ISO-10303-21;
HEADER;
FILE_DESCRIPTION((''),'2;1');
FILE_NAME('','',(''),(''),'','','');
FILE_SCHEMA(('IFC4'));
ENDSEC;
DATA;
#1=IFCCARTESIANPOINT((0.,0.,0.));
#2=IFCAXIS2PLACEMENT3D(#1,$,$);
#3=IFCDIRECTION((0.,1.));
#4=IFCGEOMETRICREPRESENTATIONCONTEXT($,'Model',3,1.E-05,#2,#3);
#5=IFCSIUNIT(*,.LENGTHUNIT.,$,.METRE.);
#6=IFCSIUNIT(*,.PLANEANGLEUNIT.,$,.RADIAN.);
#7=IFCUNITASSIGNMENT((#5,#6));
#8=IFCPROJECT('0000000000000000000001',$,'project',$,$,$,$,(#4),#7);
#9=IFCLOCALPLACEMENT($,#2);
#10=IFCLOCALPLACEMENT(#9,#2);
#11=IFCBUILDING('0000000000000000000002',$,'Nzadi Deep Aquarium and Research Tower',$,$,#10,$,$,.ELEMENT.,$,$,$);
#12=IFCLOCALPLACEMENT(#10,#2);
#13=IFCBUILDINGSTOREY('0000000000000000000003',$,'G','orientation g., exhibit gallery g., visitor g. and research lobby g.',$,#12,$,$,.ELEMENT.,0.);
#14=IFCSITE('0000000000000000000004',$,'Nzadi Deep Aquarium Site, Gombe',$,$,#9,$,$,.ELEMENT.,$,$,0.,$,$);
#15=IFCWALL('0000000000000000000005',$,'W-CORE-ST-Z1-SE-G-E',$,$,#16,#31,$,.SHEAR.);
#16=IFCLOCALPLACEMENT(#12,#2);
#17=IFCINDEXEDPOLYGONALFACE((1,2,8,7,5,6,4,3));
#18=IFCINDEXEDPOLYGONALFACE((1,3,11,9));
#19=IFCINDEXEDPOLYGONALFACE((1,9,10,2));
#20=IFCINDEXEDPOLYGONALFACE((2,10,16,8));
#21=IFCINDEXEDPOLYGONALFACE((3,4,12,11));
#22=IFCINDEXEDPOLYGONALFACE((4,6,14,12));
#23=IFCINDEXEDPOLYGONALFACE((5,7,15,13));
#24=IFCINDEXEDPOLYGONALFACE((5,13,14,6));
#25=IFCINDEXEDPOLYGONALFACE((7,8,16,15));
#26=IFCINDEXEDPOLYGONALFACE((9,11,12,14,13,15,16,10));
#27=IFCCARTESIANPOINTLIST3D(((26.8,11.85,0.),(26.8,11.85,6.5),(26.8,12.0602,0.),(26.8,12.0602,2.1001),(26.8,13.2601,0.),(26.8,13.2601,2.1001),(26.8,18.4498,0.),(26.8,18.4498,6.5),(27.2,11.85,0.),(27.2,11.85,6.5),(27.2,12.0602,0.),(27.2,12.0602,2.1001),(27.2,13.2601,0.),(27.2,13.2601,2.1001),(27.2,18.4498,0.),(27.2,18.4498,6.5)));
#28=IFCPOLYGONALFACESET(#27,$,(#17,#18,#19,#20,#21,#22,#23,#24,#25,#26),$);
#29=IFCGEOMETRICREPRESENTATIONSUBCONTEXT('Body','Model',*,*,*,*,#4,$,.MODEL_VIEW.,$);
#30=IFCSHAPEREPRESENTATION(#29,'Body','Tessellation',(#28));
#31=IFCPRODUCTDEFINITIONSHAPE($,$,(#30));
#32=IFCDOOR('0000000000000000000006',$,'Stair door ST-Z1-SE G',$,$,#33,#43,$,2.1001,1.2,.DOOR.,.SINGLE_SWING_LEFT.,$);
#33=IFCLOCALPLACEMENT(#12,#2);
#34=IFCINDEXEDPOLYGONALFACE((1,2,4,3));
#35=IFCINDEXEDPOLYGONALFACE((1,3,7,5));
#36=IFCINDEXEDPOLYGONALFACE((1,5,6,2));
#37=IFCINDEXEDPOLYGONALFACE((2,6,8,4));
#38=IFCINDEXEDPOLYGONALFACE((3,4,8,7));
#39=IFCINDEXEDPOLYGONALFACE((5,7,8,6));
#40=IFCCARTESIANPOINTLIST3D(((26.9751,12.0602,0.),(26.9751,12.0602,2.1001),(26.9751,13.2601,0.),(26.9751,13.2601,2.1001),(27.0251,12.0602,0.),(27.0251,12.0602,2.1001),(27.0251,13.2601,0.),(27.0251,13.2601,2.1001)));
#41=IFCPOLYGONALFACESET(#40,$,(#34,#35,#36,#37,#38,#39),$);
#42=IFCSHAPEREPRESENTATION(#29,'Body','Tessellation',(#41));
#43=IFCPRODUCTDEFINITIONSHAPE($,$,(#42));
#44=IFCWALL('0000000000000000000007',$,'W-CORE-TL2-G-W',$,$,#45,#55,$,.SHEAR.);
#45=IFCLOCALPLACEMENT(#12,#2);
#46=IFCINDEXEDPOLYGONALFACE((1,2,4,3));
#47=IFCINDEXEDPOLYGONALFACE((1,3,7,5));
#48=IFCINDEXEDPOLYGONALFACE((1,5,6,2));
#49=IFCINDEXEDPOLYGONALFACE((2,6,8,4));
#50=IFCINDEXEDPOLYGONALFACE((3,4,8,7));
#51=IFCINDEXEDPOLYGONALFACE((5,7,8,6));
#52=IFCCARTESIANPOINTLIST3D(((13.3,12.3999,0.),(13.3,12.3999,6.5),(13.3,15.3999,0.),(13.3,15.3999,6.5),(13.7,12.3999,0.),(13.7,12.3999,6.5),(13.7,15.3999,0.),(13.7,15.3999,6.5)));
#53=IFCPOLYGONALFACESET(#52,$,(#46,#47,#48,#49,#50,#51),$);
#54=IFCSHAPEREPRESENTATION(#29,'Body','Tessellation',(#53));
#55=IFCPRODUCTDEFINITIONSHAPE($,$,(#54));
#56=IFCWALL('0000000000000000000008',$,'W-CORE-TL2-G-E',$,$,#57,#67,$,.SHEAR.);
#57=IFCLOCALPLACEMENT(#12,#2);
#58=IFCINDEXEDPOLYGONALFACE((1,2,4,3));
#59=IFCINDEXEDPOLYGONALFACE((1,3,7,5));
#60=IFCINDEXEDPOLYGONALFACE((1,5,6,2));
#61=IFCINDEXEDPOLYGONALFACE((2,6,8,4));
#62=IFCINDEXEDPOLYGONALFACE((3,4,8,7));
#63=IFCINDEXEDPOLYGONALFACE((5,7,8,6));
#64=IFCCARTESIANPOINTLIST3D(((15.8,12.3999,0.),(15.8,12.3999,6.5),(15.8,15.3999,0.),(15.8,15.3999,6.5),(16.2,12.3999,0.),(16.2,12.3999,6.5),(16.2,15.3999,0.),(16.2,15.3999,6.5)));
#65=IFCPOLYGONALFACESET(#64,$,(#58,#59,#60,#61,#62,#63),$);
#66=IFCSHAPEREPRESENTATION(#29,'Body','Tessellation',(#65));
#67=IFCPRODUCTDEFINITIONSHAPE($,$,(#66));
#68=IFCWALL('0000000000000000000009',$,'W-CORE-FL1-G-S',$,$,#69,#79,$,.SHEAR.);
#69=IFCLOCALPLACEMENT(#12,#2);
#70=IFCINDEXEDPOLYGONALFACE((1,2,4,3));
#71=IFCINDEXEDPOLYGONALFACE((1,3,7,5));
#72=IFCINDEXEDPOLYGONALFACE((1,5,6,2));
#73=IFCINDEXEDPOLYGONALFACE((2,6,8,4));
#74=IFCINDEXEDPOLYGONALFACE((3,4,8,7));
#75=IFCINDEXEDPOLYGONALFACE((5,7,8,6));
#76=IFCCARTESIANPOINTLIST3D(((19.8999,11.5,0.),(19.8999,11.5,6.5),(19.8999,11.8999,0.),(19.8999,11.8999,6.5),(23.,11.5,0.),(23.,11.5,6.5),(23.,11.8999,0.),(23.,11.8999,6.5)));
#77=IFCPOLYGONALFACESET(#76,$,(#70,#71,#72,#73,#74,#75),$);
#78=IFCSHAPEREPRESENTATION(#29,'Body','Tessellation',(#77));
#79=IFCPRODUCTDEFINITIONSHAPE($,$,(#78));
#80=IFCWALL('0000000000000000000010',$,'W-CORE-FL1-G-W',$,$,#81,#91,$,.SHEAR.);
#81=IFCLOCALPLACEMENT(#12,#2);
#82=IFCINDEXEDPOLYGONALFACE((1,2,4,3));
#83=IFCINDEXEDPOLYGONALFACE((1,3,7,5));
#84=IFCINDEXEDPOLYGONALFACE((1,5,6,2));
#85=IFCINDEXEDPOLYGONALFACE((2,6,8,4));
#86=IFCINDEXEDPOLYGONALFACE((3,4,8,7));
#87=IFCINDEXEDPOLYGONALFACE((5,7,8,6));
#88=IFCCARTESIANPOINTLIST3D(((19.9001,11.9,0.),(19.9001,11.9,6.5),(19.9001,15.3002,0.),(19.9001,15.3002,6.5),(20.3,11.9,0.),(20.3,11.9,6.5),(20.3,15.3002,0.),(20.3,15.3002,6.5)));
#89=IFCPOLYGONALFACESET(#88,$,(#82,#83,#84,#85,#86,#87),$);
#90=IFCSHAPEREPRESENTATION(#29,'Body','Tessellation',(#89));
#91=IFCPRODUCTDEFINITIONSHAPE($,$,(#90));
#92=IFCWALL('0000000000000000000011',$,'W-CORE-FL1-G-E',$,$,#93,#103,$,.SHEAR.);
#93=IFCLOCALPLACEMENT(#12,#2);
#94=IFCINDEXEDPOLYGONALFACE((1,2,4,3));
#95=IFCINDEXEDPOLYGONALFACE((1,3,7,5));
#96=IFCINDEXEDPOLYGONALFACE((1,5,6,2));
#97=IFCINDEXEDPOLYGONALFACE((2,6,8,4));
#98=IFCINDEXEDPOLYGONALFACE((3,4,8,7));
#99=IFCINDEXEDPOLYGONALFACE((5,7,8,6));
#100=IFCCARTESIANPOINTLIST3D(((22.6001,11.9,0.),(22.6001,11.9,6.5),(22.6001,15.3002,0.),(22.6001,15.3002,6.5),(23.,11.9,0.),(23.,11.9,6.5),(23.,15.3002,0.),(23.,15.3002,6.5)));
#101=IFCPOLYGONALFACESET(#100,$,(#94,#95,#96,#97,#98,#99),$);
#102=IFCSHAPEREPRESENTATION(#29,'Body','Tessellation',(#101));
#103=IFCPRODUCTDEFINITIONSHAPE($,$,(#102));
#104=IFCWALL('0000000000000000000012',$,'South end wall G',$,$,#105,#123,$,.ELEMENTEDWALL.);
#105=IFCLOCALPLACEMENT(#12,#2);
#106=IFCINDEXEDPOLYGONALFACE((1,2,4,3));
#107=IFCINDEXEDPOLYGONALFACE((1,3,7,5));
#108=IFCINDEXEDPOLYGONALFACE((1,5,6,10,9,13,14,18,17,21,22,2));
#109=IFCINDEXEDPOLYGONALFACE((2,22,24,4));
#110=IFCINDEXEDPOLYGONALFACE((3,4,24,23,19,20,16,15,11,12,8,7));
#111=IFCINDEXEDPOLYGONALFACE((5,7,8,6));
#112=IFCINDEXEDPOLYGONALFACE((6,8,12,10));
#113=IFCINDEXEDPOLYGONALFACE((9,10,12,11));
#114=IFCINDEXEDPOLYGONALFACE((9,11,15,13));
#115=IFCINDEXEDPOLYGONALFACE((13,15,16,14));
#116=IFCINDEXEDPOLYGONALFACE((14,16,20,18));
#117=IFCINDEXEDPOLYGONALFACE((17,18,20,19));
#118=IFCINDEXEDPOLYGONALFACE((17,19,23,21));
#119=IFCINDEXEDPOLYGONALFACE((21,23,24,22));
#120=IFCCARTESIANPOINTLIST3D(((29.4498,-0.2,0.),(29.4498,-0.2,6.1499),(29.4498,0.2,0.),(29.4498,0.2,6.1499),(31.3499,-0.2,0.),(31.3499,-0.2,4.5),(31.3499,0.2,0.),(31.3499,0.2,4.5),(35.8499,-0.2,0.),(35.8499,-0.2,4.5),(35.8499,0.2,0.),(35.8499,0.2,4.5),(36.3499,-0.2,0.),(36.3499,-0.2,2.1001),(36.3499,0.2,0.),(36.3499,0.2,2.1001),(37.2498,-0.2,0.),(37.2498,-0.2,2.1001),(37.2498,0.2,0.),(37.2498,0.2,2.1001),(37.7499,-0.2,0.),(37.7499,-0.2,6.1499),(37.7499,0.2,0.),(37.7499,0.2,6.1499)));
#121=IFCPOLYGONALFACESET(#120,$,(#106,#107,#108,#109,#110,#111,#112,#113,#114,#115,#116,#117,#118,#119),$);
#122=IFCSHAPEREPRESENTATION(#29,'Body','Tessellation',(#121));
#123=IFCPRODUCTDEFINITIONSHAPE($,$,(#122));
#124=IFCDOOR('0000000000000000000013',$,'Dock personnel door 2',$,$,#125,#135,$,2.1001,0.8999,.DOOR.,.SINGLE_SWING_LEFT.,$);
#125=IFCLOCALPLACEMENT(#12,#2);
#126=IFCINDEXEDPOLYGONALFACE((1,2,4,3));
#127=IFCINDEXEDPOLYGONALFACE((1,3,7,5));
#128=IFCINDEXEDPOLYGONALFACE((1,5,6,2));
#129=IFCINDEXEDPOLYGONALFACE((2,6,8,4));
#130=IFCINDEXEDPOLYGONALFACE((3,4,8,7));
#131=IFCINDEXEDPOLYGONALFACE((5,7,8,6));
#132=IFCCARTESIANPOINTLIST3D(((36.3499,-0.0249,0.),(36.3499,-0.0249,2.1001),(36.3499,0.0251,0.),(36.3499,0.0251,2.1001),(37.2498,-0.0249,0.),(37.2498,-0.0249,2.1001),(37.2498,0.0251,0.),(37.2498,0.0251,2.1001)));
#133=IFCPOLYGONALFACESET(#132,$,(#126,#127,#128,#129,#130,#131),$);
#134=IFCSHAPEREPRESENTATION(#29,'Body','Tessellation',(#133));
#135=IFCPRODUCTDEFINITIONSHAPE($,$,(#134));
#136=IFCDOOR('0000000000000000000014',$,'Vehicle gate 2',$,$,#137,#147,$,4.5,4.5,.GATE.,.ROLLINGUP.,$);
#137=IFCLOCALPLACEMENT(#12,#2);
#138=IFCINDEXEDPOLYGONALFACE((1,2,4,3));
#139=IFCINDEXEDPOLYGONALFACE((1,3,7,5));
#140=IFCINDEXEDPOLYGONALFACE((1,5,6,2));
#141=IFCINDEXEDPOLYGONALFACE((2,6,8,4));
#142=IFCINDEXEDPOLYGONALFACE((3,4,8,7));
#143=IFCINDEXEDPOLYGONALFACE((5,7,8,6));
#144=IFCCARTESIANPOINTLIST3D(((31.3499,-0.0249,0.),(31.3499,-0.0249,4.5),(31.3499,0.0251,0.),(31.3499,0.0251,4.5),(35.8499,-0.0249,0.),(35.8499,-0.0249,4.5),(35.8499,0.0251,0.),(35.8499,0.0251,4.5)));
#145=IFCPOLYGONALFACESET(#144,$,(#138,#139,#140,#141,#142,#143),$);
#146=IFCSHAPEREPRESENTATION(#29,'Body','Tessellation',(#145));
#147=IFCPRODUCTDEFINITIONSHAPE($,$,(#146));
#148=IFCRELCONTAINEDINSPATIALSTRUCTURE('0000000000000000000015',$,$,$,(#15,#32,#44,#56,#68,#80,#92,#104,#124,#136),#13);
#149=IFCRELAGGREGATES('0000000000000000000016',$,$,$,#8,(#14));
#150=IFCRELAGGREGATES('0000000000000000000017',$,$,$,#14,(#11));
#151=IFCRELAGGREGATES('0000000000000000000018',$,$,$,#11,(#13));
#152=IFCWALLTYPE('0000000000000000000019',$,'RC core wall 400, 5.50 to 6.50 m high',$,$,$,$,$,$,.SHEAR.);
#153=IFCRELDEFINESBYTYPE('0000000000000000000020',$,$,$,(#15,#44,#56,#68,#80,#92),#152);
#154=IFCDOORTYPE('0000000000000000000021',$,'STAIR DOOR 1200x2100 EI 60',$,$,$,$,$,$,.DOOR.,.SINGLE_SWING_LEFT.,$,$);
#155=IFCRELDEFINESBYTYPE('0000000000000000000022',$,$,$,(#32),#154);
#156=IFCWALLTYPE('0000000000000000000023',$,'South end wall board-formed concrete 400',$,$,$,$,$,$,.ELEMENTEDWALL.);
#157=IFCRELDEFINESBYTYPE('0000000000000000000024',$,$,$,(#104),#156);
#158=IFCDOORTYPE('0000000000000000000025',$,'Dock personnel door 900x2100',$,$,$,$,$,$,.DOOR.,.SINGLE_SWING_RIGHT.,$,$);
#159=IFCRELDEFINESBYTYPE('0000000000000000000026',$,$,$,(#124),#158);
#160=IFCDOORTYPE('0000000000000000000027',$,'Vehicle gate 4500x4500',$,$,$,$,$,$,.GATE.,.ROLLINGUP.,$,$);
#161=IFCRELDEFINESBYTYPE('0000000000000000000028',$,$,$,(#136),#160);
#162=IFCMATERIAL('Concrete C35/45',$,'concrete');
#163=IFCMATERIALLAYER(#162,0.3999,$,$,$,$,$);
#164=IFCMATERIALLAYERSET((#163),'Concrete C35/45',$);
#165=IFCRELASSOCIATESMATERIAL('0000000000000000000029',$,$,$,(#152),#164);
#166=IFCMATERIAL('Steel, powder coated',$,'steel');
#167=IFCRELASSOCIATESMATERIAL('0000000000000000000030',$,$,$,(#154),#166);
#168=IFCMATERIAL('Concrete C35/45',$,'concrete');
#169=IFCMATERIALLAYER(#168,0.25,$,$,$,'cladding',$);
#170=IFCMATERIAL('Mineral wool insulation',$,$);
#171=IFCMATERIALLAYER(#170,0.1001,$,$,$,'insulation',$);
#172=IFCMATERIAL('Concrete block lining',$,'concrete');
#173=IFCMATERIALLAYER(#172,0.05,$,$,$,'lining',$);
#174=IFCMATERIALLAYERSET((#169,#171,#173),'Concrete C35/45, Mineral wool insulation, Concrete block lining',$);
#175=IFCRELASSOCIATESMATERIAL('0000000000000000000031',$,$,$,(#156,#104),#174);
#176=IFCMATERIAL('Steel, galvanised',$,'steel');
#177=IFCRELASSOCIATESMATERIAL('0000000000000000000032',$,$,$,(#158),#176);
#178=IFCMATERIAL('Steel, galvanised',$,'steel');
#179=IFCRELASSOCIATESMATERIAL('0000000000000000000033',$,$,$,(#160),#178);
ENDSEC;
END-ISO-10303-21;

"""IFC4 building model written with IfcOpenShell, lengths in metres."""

from ifc_helpers import new_model, si_unit, direction, frame, frame_2d, origin, place, context, subcontext, project, spatial, rectangle, extrude, material, layer, layer_set, layer_usage, type_object, element, fill, save


model = new_model("IFC4")

# Units and contexts
model_context = context("Model", 3, precision=1e-05, world=origin(), true_north=direction((0.0, 1.0)))
body_context = subcontext(model_context, "Body", "Model", "MODEL_VIEW")
ifc_project = project(units=[si_unit("LENGTHUNIT", "METRE"), si_unit("PLANEANGLEUNIT", "RADIAN")], contexts=[model_context])

# Site, building, storey
site_placement = place(None, origin())
site = spatial("IfcSite", under=ifc_project, at=site_placement, Name="Nzadi Deep Aquarium Site, Gombe", CompositionType="ELEMENT", RefElevation=0.0)
building_placement = place(site_placement, origin())
building = spatial("IfcBuilding", under=site, at=building_placement, Name="Nzadi Deep Aquarium and Research Tower", CompositionType="ELEMENT")
storey_placement = place(building_placement, origin())
storey = spatial("IfcBuildingStorey", under=building, at=storey_placement, Name="G", Description="orientation g., exhibit gallery g., visitor g. and research lobby g.", CompositionType="ELEMENT", Elevation=0.0)

# Shared definitions
ifc_material_1 = material(Name="Concrete C35/45", Category="concrete")
ifc_layer_1 = layer(ifc_material_1, 0.3999)
ifc_layer_set_1 = layer_set([ifc_layer_1], Name="Concrete C35/45")
wall_type_1 = type_object("IfcWallType", Name="RC core wall 400, 5.50 to 6.50 m high", PredefinedType="SHEAR", material=ifc_layer_set_1)

# Wall, opening, door
wall_1_placement = place(storey_placement, frame((27.0, 11.8501, 0.0), z_axis=(0.0, 0.0, 1.0), x_axis=(0.0, 1.0, 0.0)))
wall_1 = element("IfcWall", 1, at=wall_1_placement, inside=storey, type_object=wall_type_1, Name="W-CORE-ST-Z1-SE-G-E", PredefinedType="SHEAR", context=body_context, shape_type="SweptSolid", body=[
    extrude(rectangle(XDim=6.5999, YDim=0.3999, at=frame_2d((3.2998, 0.0))), origin(), (0.0, 0.0, 1.0), 6.5),
])
opening_1_placement = place(wall_1_placement, frame((0.21, 0.0, 0.0)))
opening_1 = element("IfcOpeningElement", 2, at=opening_1_placement, cuts=wall_1, PredefinedType="OPENING", context=body_context, shape_type="SweptSolid", body=[
    extrude(rectangle(XDim=1.2, YDim=2.1001, at=frame_2d((0.6001, 1.05))), frame((0.0, 0.21, 0.0), z_axis=(0.0, -1.0, 0.0), x_axis=(1.0, 0.0, 0.0)), (0.0, 0.0, 1.0), 0.4199),
])
ifc_material_2 = material(Name="Steel, powder coated", Category="steel")
door_type_1 = type_object("IfcDoorType", Name="STAIR DOOR 1200x2100 EI 60", OperationType="SINGLE_SWING_LEFT", PredefinedType="DOOR", material=ifc_material_2)
door_1_placement = place(opening_1_placement, origin())
door_1 = element("IfcDoor", 3, at=door_1_placement, inside=storey, type_object=door_type_1, Name="Stair door ST-Z1-SE G", OperationType="SINGLE_SWING_LEFT", OverallHeight=2.1001, OverallWidth=1.2, PredefinedType="DOOR", context=body_context, shape_type="SweptSolid", body=[
    extrude(rectangle(XDim=1.2, YDim=2.1001, at=frame_2d((0.6001, 1.05))), frame((0.0, 0.0249, 0.0), z_axis=(0.0, -1.0, 0.0), x_axis=(1.0, 0.0, 0.0)), (0.0, 0.0, 1.0), 0.05),
])
fill(opening_1, door_1)

# Walls
for number, where, z_axis, x_axis, name in (
    (4, (13.5, 12.3999, 0.0), (0.0, 0.0, 1.0), (0.0, 1.0, 0.0), "W-CORE-TL2-G-W"),
    (5, (16.0, 12.3999, 0.0), (0.0, 0.0, 1.0), (0.0, 1.0, 0.0), "W-CORE-TL2-G-E"),
):
    element("IfcWall", number, at=place(storey_placement, frame(where, z_axis=z_axis, x_axis=x_axis)), inside=storey, type_object=wall_type_1, Name=name, PredefinedType="SHEAR", context=body_context, shape_type="SweptSolid", body=[
        extrude(rectangle(XDim=3.0, YDim=0.3999, at=frame_2d((1.5, 0.0))), origin(), (0.0, 0.0, 1.0), 6.5),
    ])
wall_2_placement = place(storey_placement, frame((19.8999, 11.7, 0.0), z_axis=(0.0, 0.0, 1.0), x_axis=(1.0, 0.0, 0.0)))
element("IfcWall", 6, at=wall_2_placement, inside=storey, type_object=wall_type_1, Name="W-CORE-FL1-G-S", PredefinedType="SHEAR", context=body_context, shape_type="SweptSolid", body=[
    extrude(rectangle(XDim=3.1001, YDim=0.3999, at=frame_2d((1.55, 0.0))), origin(), (0.0, 0.0, 1.0), 6.5),
])
for number, where, z_axis, x_axis, name in (
    (7, (20.1001, 11.8999, 0.0), (0.0, 0.0, 1.0), (0.0, 1.0, 0.0), "W-CORE-FL1-G-W"),
    (8, (22.8, 11.8999, 0.0), (0.0, 0.0, 1.0), (0.0, 1.0, 0.0), "W-CORE-FL1-G-E"),
):
    element("IfcWall", number, at=place(storey_placement, frame(where, z_axis=z_axis, x_axis=x_axis)), inside=storey, type_object=wall_type_1, Name=name, PredefinedType="SHEAR", context=body_context, shape_type="SweptSolid", body=[
        extrude(rectangle(XDim=3.4001, YDim=0.3999, at=frame_2d((1.7002, 0.0))), origin(), (0.0, 0.0, 1.0), 6.5),
    ])

# Shared definitions
ifc_material_3 = material(Name="Concrete C35/45", Category="concrete")
ifc_layer_2 = layer(ifc_material_3, 0.25, Category="cladding")
ifc_material_4 = material(Name="Mineral wool insulation")
ifc_layer_3 = layer(ifc_material_4, 0.1001, Category="insulation")
ifc_material_5 = material(Name="Concrete block lining", Category="concrete")
ifc_layer_4 = layer(ifc_material_5, 0.05, Category="lining")
ifc_layer_set_2 = layer_set([ifc_layer_2, ifc_layer_3, ifc_layer_4], Name="Concrete C35/45, Mineral wool insulation, Concrete block lining")
wall_type_2 = type_object("IfcWallType", Name="South end wall board-formed concrete 400", PredefinedType="ELEMENTEDWALL", material=ifc_layer_set_2)

# Wall, openings, doors
ifc_layer_usage_1 = layer_usage(ifc_layer_set_2, "AXIS2", "POSITIVE", -0.2)
wall_3_placement = place(storey_placement, frame((29.45, 0.0, 0.0), z_axis=(0.0, 0.0, 1.0), x_axis=(1.0, 0.0, 0.0)))
wall_3 = element("IfcWall", 9, at=wall_3_placement, inside=storey, type_object=wall_type_2, material=ifc_layer_usage_1, Name="South end wall G", PredefinedType="ELEMENTEDWALL", context=body_context, shape_type="SweptSolid", body=[
    extrude(rectangle(XDim=8.3, YDim=0.3999, at=frame_2d((4.1499, 0.0))), origin(), (0.0, 0.0, 1.0), 6.1499),
])
opening_2_placement = place(wall_3_placement, frame((1.8999, 0.0, 0.0)))
opening_2 = element("IfcOpeningElement", 10, at=opening_2_placement, cuts=wall_3, PredefinedType="OPENING", context=body_context, shape_type="SweptSolid", body=[
    extrude(rectangle(XDim=4.5, YDim=4.5, at=frame_2d((2.25, 2.25))), frame((0.0, 0.21, 0.0), z_axis=(0.0, -1.0, 0.0), x_axis=(1.0, 0.0, 0.0)), (0.0, 0.0, 1.0), 0.4199),
])
opening_3_placement = place(wall_3_placement, frame((6.8999, 0.0, 0.0)))
opening_3 = element("IfcOpeningElement", 11, at=opening_3_placement, cuts=wall_3, PredefinedType="OPENING", context=body_context, shape_type="SweptSolid", body=[
    extrude(rectangle(XDim=0.8999, YDim=2.1001, at=frame_2d((0.45, 1.05))), frame((0.0, 0.21, 0.0), z_axis=(0.0, -1.0, 0.0), x_axis=(1.0, 0.0, 0.0)), (0.0, 0.0, 1.0), 0.4199),
])
ifc_material_6 = material(Name="Steel, galvanised", Category="steel")
door_type_2 = type_object("IfcDoorType", Name="Dock personnel door 900x2100", OperationType="SINGLE_SWING_RIGHT", PredefinedType="DOOR", material=ifc_material_6)
door_2_placement = place(opening_3_placement, frame((0.8999, 0.0, 0.0), z_axis=(0.0, 0.0, 1.0), x_axis=(-1.0, 0.0, 0.0)))
door_2 = element("IfcDoor", 12, at=door_2_placement, inside=storey, type_object=door_type_2, Name="Dock personnel door 2", OperationType="SINGLE_SWING_LEFT", OverallHeight=2.1001, OverallWidth=0.8999, PredefinedType="DOOR", context=body_context, shape_type="SweptSolid", body=[
    extrude(rectangle(XDim=0.8999, YDim=2.1001, at=frame_2d((0.45, 1.05))), frame((0.0, 0.0249, 0.0), z_axis=(0.0, -1.0, 0.0), x_axis=(1.0, 0.0, 0.0)), (0.0, 0.0, 1.0), 0.05),
])
fill(opening_3, door_2)
ifc_material_7 = material(Name="Steel, galvanised", Category="steel")
door_type_3 = type_object("IfcDoorType", Name="Vehicle gate 4500x4500", OperationType="ROLLINGUP", PredefinedType="GATE", material=ifc_material_7)
door_3_placement = place(opening_2_placement, frame((4.5, 0.0, 0.0), z_axis=(0.0, 0.0, 1.0), x_axis=(-1.0, 0.0, 0.0)))
door_3 = element("IfcDoor", 13, at=door_3_placement, inside=storey, type_object=door_type_3, Name="Vehicle gate 2", OperationType="ROLLINGUP", OverallHeight=4.5, OverallWidth=4.5, PredefinedType="GATE", context=body_context, shape_type="SweptSolid", body=[
    extrude(rectangle(XDim=4.5, YDim=4.5, at=frame_2d((2.25, 2.25))), frame((0.0, 0.0249, 0.0), z_axis=(0.0, -1.0, 0.0), x_axis=(1.0, 0.0, 0.0)), (0.0, 0.0, 1.0), 0.05),
])
fill(opening_2, door_3)

save(model, "model.ifc")
